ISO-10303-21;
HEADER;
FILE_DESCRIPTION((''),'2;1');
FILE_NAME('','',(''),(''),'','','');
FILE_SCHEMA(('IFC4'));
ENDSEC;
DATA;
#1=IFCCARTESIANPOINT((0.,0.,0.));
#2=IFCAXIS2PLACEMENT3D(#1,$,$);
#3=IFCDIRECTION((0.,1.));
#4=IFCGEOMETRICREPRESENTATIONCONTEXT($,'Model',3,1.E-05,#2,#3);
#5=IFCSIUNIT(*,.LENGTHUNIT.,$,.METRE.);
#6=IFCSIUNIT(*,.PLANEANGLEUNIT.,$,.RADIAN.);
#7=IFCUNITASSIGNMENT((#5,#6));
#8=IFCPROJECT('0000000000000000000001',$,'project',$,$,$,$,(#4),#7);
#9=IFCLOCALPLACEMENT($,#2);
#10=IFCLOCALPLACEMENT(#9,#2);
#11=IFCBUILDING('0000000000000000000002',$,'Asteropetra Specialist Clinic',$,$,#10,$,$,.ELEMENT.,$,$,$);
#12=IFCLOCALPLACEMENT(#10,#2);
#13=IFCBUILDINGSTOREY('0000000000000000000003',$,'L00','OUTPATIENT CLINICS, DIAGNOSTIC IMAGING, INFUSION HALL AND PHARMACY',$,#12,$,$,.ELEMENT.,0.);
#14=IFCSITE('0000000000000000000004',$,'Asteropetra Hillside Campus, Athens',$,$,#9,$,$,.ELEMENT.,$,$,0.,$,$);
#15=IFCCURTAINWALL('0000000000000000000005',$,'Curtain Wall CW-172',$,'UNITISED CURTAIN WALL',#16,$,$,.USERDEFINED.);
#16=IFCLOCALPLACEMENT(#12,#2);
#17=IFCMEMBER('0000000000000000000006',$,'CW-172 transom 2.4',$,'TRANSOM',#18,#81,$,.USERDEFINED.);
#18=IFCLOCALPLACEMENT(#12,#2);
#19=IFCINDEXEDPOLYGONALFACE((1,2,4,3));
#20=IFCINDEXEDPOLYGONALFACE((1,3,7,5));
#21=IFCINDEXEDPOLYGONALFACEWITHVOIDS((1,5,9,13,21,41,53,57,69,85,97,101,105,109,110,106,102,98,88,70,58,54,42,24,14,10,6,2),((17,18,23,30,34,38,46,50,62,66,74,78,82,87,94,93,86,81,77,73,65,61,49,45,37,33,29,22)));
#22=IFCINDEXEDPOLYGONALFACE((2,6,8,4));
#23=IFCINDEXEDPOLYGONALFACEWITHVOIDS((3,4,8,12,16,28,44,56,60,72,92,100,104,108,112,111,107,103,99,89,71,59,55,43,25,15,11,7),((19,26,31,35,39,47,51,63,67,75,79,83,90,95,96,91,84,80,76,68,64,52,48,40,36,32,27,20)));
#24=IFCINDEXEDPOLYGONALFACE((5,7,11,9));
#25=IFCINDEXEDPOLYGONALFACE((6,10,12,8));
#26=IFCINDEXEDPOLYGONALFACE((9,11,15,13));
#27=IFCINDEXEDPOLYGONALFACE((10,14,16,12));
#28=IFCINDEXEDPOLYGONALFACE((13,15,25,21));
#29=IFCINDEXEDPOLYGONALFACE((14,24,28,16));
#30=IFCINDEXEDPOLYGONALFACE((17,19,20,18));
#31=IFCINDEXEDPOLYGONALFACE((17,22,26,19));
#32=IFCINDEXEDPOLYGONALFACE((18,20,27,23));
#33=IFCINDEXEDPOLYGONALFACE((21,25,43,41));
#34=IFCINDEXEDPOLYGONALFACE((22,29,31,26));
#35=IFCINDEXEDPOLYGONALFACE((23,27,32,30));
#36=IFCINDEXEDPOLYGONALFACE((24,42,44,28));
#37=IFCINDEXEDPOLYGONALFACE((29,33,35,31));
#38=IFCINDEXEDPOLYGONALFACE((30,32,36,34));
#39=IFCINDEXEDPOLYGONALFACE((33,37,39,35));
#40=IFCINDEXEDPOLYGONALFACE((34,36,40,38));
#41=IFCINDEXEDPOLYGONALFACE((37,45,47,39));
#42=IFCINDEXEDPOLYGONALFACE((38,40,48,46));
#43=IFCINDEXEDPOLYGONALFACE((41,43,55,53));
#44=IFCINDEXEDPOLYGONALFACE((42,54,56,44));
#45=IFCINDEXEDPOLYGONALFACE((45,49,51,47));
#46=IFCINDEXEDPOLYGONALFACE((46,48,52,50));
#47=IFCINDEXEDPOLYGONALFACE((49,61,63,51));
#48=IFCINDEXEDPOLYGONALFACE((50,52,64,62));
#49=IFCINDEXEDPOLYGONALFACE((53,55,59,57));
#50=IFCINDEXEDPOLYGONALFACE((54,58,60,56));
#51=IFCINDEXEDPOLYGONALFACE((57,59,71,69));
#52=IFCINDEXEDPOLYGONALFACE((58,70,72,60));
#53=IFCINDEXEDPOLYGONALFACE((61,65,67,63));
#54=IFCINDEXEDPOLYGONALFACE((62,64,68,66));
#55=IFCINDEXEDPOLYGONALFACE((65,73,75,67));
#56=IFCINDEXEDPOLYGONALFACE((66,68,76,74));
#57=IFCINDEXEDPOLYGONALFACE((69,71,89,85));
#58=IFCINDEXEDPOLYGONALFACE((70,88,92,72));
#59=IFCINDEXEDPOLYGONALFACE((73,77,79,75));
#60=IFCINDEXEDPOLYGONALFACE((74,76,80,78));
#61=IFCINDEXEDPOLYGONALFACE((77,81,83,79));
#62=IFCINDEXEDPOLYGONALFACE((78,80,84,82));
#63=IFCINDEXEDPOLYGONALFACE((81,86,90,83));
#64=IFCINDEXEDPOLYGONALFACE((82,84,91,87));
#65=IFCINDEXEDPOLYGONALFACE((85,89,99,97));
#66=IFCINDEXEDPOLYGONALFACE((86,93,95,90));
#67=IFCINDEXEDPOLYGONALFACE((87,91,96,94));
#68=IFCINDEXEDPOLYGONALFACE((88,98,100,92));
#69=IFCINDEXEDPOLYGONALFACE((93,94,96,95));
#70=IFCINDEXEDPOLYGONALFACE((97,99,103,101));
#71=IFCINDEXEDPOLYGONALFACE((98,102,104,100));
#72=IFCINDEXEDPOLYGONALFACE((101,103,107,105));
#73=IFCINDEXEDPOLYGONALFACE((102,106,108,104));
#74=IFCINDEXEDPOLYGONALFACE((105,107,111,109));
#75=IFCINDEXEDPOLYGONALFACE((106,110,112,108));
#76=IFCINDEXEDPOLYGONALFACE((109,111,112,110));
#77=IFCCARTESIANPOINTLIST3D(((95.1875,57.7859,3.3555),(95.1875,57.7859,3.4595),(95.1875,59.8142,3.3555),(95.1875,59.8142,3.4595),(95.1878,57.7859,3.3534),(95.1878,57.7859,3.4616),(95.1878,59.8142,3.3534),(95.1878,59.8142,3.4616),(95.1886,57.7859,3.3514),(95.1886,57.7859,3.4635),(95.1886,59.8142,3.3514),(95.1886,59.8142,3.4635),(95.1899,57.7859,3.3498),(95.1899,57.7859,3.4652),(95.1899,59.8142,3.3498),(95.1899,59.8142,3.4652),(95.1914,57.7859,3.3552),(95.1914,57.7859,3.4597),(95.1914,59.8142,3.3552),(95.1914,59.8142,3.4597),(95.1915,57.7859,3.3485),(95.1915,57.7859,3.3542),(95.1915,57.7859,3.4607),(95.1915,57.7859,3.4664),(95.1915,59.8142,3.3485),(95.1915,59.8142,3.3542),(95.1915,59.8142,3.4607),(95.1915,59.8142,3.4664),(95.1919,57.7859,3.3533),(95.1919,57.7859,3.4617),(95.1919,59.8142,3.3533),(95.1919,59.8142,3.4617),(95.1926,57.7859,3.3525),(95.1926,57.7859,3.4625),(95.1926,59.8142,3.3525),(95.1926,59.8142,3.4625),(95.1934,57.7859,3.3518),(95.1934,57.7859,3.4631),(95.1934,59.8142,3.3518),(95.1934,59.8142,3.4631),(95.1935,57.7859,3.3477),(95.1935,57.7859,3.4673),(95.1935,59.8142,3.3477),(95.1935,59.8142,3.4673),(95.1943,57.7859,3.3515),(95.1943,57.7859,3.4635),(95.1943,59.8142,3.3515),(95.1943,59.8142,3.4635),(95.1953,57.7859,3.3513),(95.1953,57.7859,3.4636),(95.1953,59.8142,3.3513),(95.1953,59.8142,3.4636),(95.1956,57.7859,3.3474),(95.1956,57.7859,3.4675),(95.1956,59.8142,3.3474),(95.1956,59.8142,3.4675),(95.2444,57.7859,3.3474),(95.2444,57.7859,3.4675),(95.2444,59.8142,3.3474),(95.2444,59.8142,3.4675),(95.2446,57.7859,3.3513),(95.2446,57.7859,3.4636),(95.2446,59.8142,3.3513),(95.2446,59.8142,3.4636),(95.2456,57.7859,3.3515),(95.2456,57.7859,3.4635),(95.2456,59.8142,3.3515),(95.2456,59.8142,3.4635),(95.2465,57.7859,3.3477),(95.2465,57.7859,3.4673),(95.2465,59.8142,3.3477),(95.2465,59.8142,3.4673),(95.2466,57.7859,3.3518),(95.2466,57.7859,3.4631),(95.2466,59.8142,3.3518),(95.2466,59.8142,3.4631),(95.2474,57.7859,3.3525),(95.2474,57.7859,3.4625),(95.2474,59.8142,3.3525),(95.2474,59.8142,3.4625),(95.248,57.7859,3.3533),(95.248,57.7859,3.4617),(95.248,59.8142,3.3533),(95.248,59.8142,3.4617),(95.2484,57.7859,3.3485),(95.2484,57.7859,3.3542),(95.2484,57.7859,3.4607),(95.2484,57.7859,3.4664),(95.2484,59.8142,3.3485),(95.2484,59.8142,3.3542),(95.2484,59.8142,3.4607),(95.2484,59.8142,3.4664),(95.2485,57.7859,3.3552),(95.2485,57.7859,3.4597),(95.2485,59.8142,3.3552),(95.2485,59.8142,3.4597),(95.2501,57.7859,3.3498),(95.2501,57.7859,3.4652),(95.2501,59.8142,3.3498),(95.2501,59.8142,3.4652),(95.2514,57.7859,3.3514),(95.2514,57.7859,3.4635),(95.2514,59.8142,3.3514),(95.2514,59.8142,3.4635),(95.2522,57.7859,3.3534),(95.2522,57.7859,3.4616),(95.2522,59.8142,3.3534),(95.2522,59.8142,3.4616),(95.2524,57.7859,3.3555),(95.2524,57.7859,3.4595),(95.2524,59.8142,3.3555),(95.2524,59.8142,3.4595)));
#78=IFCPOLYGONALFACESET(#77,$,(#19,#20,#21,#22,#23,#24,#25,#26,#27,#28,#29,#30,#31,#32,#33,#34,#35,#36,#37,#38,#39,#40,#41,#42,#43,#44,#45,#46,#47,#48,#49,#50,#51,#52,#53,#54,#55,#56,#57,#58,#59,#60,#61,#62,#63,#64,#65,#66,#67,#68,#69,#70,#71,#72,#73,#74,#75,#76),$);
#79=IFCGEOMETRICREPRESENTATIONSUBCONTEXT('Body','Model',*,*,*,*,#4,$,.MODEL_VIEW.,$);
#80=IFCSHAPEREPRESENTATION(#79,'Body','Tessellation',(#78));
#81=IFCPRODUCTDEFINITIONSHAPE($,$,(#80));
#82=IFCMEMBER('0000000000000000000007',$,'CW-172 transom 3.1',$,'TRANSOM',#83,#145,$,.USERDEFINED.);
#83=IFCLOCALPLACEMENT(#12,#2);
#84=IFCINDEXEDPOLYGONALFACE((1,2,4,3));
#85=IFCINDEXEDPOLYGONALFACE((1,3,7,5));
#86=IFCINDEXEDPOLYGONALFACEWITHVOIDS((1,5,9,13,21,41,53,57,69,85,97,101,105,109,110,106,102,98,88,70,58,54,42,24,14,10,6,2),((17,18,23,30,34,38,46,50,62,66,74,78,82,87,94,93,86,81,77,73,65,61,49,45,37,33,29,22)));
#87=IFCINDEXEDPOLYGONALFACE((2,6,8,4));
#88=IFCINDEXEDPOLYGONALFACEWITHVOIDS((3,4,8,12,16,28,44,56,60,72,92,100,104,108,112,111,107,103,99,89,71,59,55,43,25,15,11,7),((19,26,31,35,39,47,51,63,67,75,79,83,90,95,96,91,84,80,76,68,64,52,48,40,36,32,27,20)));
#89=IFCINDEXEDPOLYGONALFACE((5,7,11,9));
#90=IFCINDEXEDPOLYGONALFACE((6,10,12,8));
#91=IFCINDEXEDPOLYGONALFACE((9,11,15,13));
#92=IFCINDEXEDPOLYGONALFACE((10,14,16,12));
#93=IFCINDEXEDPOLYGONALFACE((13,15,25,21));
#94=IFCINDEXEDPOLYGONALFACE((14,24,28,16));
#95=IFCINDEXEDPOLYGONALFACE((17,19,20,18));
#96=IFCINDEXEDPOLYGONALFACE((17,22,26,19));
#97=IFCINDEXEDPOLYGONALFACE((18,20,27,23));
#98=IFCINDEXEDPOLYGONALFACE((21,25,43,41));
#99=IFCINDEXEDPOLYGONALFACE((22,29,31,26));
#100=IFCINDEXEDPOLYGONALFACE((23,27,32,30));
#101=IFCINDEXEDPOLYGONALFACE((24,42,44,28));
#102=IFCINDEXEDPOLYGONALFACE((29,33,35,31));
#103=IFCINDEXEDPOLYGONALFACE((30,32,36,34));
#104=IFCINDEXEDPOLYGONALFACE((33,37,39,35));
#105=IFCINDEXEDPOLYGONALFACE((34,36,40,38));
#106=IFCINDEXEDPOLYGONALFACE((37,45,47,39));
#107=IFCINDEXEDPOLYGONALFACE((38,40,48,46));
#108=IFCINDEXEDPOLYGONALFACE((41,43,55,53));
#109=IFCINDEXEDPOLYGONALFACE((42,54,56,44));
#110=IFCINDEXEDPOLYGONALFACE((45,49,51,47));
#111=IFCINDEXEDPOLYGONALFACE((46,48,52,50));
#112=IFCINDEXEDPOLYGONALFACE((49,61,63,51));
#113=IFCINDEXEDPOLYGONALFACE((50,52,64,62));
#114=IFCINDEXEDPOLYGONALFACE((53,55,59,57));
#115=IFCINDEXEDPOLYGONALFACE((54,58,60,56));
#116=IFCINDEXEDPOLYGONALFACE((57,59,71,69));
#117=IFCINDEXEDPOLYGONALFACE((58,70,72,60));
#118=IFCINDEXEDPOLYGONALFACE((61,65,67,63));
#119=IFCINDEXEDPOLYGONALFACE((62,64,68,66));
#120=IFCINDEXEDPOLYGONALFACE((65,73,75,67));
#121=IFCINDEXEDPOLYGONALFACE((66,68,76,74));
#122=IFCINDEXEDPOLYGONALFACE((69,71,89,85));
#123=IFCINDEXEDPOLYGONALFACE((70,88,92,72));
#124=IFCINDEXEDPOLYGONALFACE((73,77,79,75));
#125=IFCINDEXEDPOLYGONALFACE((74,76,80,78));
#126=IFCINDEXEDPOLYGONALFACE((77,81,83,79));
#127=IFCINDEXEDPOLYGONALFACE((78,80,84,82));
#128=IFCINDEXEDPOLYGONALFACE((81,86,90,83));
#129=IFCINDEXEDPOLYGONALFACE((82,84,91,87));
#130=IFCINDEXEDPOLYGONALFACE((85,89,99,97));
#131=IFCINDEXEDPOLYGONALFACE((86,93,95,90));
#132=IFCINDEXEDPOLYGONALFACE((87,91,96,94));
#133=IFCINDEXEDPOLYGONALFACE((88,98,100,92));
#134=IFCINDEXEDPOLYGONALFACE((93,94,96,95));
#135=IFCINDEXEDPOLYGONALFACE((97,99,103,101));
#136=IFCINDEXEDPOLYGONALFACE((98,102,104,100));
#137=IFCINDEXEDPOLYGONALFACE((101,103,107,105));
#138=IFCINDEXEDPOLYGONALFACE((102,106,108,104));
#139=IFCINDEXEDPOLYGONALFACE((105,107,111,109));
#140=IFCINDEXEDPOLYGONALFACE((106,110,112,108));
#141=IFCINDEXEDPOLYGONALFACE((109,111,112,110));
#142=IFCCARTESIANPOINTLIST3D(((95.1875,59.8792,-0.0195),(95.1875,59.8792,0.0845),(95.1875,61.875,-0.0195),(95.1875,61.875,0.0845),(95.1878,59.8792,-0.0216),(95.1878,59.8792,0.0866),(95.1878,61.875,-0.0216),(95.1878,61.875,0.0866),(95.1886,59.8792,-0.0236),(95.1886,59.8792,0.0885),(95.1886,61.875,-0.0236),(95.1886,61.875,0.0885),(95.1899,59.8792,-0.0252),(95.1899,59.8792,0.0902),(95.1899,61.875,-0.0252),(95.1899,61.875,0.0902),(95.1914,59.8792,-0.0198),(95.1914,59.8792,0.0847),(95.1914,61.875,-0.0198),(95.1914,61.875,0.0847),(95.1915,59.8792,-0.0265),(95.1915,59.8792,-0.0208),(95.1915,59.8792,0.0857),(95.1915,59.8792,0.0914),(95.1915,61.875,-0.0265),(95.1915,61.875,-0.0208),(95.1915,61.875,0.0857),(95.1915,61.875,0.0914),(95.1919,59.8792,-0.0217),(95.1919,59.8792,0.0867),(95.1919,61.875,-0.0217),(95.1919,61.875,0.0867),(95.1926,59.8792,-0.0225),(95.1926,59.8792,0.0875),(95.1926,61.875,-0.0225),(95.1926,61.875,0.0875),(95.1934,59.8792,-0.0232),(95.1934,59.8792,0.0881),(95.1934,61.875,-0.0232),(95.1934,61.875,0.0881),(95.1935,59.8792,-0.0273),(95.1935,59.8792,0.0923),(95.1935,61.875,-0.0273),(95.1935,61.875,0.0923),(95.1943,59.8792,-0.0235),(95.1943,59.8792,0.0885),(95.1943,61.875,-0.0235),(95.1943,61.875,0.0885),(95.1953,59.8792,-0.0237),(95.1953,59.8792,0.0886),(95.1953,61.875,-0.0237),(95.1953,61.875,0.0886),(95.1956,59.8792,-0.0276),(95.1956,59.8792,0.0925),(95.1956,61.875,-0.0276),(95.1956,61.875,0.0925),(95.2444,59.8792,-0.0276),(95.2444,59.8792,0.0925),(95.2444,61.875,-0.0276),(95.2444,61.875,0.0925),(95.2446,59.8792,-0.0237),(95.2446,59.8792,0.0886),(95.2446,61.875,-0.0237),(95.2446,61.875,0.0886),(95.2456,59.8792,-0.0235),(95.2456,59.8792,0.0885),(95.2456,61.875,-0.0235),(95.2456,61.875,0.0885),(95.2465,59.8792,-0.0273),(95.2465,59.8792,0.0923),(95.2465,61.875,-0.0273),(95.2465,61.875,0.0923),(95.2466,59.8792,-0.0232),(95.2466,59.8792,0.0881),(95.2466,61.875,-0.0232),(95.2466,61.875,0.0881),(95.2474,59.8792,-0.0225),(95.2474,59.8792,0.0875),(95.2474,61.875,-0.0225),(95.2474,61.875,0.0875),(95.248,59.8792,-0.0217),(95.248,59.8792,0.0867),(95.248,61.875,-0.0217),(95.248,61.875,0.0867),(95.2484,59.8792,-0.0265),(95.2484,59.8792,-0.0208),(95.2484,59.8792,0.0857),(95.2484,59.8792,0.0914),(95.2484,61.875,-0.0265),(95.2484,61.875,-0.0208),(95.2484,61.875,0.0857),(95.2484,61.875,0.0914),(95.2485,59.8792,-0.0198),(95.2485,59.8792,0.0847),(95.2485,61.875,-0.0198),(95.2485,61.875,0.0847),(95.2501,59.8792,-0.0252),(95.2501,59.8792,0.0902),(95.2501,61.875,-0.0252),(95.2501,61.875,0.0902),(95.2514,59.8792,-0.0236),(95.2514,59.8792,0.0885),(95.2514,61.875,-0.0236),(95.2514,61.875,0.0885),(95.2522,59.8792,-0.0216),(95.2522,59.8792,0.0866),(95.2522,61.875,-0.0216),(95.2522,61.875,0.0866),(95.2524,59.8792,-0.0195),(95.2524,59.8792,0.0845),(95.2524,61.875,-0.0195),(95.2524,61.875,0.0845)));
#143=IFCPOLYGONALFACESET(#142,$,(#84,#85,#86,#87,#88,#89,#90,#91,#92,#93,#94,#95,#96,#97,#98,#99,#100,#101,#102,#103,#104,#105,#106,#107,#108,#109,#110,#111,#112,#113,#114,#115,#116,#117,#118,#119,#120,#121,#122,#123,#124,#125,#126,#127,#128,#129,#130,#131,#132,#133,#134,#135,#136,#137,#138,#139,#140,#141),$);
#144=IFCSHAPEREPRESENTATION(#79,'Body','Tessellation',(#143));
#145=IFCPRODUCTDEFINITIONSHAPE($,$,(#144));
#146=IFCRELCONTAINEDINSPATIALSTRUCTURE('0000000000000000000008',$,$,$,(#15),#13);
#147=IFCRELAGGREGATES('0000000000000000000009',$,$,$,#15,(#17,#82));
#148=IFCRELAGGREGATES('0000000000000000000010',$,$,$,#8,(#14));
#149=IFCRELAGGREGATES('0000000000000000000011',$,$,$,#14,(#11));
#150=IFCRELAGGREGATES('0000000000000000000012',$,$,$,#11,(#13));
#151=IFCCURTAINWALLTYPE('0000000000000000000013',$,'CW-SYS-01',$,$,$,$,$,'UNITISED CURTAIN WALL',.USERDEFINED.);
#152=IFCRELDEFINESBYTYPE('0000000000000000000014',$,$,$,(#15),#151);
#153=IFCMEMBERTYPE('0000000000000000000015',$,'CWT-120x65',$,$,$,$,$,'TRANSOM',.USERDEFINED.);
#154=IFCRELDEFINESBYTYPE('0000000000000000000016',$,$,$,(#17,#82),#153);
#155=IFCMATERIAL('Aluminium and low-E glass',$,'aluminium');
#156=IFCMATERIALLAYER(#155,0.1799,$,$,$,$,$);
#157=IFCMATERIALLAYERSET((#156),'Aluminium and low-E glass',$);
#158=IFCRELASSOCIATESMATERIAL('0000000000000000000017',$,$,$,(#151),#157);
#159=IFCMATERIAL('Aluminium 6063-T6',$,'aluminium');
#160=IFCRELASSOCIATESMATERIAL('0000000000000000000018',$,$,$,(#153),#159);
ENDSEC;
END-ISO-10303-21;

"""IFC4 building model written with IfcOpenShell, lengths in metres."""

from ifc_helpers import new_model, si_unit, direction, frame, origin, origin_2d, place, context, subcontext, project, spatial, hollow_rectangle, extrude, material, layer, layer_set, material_profile, profile_set, type_object, element, aggregate, save


model = new_model("IFC4")

# Units and contexts
model_context = context("Model", 3, precision=1e-05, world=origin(), true_north=direction((0.0, 1.0)))
body_context = subcontext(model_context, "Body", "Model", "MODEL_VIEW")
ifc_project = project(units=[si_unit("LENGTHUNIT", "METRE"), si_unit("PLANEANGLEUNIT", "RADIAN")], contexts=[model_context])

# Site, building, storey
site_placement = place(None, origin())
site = spatial("IfcSite", under=ifc_project, at=site_placement, Name="Asteropetra Hillside Campus, Athens", CompositionType="ELEMENT", RefElevation=0.0)
building_placement = place(site_placement, origin())
building = spatial("IfcBuilding", under=site, at=building_placement, Name="Asteropetra Specialist Clinic", CompositionType="ELEMENT")
storey_placement = place(building_placement, origin())
storey = spatial("IfcBuildingStorey", under=building, at=storey_placement, Name="L00", Description="OUTPATIENT CLINICS, DIAGNOSTIC IMAGING, INFUSION HALL AND PHARMACY", CompositionType="ELEMENT", Elevation=0.0)

# Curtain wall
ifc_material_1 = material(Name="Aluminium and low-E glass", Category="aluminium")
ifc_layer_1 = layer(ifc_material_1, 0.1799)
ifc_layer_set_1 = layer_set([ifc_layer_1], Name="Aluminium and low-E glass")
curtain_wall_type_1 = type_object("IfcCurtainWallType", Name="CW-SYS-01", ElementType="UNITISED CURTAIN WALL", PredefinedType="USERDEFINED", material=ifc_layer_set_1)
curtain_wall_1_placement = place(storey_placement, origin())
curtain_wall_1 = element("IfcCurtainWall", 1, at=curtain_wall_1_placement, inside=storey, type_object=curtain_wall_type_1, Name="Curtain Wall CW-172", ObjectType="UNITISED CURTAIN WALL", PredefinedType="USERDEFINED")

# Members
ifc_material_2 = material(Name="Aluminium 6063-T6", Category="aluminium")
ifc_material_profile_1 = material_profile(ifc_material_2, hollow_rectangle(XDim=0.0649, YDim=0.1201, WallThickness=0.0039, InnerFilletRadius=0.0039, OuterFilletRadius=0.0081, at=origin_2d()), Name="TRN 120x65x4.0")
ifc_profile_set_1 = profile_set([ifc_material_profile_1], Name="Aluminium 6063-T6")
member_type_1 = type_object("IfcMemberType", Name="CWT-120x65", ElementType="TRANSOM", PredefinedType="USERDEFINED", material=ifc_profile_set_1)
member_1_placement = place(storey_placement, frame((95.22, 57.7859, 3.4075), z_axis=(0.0, 1.0, 0.0), x_axis=(-1.0, 0.0, 0.0)))
member_1 = element("IfcMember", 2, at=member_1_placement, type_object=member_type_1, Name="CW-172 transom 2.4", ObjectType="TRANSOM", PredefinedType="USERDEFINED", context=body_context, shape_type="SweptSolid", body=[
    extrude(hollow_rectangle(XDim=0.0649, YDim=0.1201, WallThickness=0.0039, InnerFilletRadius=0.0039, OuterFilletRadius=0.0081, at=origin_2d()), origin(), (0.0, 0.0, 1.0), 2.0283),
])
member_2_placement = place(storey_placement, frame((95.22, 59.8792, 0.0325), z_axis=(0.0, 1.0, 0.0), x_axis=(-1.0, 0.0, 0.0)))
member_2 = element("IfcMember", 3, at=member_2_placement, type_object=member_type_1, Name="CW-172 transom 3.1", ObjectType="TRANSOM", PredefinedType="USERDEFINED", context=body_context, shape_type="SweptSolid", body=[
    extrude(hollow_rectangle(XDim=0.0649, YDim=0.1201, WallThickness=0.0039, InnerFilletRadius=0.0039, OuterFilletRadius=0.0081, at=origin_2d()), origin(), (0.0, 0.0, 1.0), 1.9958),
])

aggregate(curtain_wall_1, [member_1, member_2])

save(model, "model.ifc")
